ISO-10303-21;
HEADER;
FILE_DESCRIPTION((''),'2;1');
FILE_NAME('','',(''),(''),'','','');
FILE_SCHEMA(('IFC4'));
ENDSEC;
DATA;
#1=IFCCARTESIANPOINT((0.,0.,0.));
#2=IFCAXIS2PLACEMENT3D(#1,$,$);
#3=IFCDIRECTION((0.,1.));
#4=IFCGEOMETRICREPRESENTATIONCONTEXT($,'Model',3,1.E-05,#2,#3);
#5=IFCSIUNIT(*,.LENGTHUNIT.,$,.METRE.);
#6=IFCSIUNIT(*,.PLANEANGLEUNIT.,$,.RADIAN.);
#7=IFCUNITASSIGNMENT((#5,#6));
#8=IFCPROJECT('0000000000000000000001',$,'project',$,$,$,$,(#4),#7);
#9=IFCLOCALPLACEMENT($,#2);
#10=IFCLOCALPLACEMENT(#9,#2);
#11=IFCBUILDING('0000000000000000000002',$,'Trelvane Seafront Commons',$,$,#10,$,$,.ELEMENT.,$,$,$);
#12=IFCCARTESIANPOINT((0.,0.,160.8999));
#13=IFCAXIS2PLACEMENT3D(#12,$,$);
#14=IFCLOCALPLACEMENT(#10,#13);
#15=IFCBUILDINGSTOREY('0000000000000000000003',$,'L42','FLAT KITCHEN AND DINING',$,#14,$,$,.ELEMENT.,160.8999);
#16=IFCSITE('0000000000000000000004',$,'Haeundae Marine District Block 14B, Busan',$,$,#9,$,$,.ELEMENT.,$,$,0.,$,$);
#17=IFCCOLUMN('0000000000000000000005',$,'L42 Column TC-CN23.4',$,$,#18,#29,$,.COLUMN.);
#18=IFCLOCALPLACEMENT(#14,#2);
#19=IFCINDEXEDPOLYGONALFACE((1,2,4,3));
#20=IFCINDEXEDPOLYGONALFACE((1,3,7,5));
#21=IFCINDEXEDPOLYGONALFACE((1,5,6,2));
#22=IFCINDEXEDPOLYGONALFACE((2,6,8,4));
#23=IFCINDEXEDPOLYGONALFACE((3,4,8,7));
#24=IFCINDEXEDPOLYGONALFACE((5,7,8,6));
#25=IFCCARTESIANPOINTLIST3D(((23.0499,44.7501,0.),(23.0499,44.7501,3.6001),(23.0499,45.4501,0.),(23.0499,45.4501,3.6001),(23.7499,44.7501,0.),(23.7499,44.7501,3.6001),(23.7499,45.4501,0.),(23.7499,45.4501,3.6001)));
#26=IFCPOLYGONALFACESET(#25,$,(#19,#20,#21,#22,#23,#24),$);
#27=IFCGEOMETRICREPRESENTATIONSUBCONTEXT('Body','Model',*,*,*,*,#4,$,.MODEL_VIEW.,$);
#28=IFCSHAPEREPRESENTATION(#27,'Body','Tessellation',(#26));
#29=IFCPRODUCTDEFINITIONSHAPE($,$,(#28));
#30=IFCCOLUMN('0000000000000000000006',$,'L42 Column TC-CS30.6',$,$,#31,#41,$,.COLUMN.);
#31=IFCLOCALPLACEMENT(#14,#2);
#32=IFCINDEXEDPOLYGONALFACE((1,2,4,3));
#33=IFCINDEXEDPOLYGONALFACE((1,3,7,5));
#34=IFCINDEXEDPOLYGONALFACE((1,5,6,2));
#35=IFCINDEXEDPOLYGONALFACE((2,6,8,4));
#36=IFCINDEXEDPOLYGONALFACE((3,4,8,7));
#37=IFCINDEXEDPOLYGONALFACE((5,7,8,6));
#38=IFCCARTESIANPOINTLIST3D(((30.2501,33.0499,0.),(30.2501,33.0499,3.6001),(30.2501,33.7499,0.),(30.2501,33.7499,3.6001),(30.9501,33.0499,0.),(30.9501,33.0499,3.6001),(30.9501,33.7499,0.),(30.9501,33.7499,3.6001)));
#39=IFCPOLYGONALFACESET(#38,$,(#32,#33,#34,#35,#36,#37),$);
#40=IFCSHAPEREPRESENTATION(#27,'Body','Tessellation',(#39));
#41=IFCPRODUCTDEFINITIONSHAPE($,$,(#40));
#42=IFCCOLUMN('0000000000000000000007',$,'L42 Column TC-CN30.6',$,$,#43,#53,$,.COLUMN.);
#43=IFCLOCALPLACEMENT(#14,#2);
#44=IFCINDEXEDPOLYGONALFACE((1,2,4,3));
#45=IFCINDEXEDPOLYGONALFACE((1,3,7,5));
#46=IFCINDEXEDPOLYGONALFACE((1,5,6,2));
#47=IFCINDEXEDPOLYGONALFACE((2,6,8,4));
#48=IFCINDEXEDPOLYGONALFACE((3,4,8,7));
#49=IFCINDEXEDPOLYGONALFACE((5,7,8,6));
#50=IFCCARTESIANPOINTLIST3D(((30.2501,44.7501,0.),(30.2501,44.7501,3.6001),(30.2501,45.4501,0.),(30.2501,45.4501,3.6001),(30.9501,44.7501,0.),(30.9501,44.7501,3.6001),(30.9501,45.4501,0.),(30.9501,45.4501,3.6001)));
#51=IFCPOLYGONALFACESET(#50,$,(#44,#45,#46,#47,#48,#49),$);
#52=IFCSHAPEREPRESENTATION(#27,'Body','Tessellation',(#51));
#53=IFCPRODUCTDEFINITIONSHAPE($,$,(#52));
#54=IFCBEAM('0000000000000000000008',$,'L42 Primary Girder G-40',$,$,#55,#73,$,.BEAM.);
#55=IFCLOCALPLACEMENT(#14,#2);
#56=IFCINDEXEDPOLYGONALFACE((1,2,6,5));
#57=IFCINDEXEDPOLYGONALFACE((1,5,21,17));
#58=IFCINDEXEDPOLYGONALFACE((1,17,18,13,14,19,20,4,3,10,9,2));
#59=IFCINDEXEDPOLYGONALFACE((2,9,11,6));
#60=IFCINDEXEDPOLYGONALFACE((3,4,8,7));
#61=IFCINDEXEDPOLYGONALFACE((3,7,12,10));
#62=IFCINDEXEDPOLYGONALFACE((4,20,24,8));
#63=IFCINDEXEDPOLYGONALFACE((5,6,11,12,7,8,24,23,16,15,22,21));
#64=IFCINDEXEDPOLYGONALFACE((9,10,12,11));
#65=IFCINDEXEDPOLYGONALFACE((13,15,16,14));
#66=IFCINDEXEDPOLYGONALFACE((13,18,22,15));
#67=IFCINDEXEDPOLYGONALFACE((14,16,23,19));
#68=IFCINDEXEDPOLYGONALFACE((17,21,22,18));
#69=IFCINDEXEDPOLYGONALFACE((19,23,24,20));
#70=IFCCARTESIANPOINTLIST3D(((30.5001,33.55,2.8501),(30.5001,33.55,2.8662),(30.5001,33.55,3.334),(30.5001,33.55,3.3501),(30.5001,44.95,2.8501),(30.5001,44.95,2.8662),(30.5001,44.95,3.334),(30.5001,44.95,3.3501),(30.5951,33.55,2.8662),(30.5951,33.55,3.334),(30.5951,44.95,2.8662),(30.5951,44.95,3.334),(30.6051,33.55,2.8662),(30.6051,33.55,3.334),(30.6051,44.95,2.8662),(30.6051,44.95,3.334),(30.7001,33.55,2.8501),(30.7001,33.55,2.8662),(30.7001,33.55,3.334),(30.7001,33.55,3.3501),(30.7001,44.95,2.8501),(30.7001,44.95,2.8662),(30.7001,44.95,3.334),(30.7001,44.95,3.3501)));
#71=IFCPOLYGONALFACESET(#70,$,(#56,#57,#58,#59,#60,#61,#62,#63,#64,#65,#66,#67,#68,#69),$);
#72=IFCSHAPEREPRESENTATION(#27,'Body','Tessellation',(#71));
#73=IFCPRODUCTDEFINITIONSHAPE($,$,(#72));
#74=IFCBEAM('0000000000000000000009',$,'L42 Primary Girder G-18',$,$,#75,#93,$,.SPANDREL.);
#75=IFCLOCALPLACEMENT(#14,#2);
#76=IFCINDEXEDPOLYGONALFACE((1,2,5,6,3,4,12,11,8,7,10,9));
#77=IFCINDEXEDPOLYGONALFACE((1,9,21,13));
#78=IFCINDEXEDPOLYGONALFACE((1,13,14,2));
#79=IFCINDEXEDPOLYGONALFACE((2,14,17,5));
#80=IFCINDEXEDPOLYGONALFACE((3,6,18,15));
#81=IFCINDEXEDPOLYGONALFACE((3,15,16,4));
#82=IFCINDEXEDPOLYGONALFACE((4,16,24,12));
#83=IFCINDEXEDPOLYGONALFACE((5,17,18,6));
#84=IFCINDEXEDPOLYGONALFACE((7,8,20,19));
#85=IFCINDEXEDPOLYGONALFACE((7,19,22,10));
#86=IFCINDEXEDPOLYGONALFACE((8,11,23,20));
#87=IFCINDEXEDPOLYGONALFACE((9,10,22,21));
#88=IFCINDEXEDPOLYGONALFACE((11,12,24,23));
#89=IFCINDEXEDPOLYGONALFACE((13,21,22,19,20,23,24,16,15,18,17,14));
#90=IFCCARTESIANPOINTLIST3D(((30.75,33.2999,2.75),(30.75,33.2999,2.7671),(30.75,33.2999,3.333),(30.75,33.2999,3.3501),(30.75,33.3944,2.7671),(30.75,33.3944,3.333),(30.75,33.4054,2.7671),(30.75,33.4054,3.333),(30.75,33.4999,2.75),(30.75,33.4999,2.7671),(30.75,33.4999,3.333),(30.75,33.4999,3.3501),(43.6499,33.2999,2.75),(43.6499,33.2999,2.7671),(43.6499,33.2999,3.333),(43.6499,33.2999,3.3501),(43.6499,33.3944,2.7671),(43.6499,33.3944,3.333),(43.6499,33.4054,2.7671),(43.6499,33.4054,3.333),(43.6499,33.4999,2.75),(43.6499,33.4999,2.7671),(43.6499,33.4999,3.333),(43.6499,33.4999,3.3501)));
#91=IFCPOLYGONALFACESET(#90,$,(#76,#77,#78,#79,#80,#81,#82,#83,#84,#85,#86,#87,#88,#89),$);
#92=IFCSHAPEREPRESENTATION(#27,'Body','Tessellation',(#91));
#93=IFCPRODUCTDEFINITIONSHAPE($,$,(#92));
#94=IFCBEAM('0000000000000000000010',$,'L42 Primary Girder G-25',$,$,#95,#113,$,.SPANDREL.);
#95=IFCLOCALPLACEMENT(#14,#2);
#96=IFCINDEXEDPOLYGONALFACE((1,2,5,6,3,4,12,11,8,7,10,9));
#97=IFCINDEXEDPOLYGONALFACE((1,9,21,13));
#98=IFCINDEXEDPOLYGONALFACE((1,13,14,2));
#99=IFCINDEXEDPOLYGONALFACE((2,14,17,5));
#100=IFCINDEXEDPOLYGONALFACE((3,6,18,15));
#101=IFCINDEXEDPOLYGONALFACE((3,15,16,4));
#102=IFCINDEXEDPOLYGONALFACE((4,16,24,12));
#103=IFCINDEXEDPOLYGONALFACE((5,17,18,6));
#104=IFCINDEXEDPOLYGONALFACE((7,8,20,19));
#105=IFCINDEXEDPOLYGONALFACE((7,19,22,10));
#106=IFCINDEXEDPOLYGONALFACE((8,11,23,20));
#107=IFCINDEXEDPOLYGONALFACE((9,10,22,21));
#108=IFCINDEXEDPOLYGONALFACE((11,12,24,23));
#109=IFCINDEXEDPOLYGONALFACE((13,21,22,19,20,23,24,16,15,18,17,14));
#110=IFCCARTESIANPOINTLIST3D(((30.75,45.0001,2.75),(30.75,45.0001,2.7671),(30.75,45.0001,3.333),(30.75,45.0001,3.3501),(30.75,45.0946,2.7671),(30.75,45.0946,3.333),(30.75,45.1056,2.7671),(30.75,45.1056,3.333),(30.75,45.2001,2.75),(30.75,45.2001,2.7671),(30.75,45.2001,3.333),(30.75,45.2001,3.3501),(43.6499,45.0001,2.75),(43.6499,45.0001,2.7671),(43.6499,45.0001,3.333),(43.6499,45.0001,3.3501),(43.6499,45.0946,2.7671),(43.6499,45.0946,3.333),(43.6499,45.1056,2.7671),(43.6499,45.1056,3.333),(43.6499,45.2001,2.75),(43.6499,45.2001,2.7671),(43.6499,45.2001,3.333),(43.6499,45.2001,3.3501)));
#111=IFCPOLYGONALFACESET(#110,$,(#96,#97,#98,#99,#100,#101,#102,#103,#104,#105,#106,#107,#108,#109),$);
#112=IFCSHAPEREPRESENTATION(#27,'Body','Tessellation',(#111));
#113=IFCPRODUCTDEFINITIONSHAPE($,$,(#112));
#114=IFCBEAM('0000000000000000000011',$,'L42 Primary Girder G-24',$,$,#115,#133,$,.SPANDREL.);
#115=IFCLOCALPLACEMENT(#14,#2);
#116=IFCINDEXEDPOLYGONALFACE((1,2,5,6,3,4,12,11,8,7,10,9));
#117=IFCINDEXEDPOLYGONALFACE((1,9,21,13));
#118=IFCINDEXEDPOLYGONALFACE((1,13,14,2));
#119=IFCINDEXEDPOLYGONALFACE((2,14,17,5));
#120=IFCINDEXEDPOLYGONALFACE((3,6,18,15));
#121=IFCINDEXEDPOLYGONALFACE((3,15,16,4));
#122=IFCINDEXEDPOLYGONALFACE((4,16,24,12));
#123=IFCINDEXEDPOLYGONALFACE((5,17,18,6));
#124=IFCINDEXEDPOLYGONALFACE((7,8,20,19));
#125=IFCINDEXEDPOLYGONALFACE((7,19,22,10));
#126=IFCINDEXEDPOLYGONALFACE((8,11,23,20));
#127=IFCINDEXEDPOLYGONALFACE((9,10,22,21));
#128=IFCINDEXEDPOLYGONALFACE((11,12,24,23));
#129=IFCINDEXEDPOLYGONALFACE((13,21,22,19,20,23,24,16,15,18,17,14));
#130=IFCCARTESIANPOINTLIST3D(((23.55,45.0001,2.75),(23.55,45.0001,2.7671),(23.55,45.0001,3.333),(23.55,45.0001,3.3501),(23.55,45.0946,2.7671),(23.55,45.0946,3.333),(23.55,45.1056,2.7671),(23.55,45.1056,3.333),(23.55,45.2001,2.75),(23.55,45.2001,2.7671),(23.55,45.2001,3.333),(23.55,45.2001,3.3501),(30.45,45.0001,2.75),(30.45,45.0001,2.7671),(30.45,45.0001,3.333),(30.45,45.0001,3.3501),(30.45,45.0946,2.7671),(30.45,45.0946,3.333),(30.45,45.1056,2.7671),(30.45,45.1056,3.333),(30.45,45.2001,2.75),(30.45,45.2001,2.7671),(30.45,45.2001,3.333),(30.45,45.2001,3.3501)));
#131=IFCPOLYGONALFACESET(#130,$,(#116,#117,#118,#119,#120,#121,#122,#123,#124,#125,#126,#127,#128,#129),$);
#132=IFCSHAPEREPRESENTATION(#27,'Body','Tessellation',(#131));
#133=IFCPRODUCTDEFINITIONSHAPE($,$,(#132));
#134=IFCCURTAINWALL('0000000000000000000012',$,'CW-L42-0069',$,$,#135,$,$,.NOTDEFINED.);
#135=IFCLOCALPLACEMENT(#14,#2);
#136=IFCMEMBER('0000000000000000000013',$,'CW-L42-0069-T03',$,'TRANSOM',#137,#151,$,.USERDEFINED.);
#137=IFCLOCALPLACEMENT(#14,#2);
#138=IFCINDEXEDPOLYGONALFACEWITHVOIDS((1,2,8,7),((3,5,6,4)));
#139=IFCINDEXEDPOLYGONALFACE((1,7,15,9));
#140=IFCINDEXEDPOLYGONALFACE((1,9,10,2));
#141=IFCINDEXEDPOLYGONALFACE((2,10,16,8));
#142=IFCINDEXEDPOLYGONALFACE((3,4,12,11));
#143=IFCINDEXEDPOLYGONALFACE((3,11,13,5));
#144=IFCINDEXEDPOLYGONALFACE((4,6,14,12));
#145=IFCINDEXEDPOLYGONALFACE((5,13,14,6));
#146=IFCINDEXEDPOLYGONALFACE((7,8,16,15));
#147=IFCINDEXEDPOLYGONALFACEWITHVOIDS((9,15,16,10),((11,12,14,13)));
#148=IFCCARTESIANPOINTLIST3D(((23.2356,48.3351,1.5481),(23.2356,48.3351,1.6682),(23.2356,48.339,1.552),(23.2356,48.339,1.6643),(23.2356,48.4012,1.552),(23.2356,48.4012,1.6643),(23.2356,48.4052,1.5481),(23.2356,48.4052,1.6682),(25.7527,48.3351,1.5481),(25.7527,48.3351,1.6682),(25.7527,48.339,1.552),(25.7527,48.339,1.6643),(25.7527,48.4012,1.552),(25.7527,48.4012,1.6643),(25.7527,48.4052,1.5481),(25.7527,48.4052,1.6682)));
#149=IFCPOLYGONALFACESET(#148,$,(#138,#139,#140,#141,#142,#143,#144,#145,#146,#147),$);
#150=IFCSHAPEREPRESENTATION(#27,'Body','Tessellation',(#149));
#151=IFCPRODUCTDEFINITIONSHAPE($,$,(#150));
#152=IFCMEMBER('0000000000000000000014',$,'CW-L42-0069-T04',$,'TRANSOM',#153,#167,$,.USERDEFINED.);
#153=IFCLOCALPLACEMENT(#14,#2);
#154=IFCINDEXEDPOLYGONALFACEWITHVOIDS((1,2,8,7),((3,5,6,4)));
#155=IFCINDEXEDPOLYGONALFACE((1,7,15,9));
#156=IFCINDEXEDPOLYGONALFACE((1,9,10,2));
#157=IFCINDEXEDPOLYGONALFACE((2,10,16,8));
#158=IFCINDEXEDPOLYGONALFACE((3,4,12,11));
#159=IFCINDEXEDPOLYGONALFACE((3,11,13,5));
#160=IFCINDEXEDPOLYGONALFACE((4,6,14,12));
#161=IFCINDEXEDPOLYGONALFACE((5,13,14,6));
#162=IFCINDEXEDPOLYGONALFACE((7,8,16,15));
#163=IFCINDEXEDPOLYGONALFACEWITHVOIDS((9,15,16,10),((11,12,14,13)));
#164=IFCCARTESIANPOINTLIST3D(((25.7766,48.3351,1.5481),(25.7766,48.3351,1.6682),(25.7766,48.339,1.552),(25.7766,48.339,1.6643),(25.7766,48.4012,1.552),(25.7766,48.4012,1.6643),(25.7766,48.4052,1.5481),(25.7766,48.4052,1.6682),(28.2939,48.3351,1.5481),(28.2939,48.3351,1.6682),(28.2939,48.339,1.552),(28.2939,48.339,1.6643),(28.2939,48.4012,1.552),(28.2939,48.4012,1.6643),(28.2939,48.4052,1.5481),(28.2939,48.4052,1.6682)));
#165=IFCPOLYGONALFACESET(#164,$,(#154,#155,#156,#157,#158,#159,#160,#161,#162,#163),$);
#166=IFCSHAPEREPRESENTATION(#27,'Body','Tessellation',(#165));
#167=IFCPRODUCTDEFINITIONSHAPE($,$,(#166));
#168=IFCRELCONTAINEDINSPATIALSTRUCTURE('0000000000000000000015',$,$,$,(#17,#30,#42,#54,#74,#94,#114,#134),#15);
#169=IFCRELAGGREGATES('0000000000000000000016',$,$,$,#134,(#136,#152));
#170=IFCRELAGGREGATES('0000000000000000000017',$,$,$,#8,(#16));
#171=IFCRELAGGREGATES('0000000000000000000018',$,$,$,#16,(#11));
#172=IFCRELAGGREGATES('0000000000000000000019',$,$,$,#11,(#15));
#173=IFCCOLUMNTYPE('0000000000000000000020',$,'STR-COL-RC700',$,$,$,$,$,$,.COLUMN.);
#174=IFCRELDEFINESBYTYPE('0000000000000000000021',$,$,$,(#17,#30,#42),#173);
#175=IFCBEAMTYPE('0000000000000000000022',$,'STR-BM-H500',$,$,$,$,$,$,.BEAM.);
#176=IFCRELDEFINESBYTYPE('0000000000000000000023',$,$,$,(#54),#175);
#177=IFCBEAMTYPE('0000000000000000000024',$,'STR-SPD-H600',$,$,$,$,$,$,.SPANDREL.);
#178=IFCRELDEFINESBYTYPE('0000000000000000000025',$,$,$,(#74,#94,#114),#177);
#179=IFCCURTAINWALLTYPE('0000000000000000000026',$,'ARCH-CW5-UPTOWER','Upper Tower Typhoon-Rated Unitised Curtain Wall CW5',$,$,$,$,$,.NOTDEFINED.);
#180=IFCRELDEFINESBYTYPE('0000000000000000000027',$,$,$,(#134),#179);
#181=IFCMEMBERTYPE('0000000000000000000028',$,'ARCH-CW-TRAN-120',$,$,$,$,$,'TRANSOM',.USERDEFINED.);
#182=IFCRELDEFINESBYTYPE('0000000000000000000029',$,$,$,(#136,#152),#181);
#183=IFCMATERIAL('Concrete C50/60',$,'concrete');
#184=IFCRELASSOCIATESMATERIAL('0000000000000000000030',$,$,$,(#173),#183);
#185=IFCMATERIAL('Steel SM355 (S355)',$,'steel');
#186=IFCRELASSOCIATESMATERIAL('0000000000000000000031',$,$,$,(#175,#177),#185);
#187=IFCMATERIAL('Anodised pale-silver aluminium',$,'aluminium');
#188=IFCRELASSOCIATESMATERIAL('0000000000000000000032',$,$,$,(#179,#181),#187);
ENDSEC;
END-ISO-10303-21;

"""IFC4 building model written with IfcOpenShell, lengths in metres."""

from ifc_helpers import new_model, si_unit, direction, frame, origin, origin_2d, place, context, subcontext, project, spatial, rectangle, hollow_rectangle, i_section, extrude, source, transform, mapped, material, material_profile, profile_set, type_object, element, aggregate, save


model = new_model("IFC4")

# Units and contexts
model_context = context("Model", 3, precision=1e-05, world=origin(), true_north=direction((0.0, 1.0)))
body_context = subcontext(model_context, "Body", "Model", "MODEL_VIEW")
ifc_project = project(units=[si_unit("LENGTHUNIT", "METRE"), si_unit("PLANEANGLEUNIT", "RADIAN")], contexts=[model_context])

# Site, building, storey
site_placement = place(None, origin())
site = spatial("IfcSite", under=ifc_project, at=site_placement, Name="Haeundae Marine District Block 14B, Busan", CompositionType="ELEMENT", RefElevation=0.0)
building_placement = place(site_placement, origin())
building = spatial("IfcBuilding", under=site, at=building_placement, Name="Trelvane Seafront Commons", CompositionType="ELEMENT")
storey_placement = place(building_placement, frame((0.0, 0.0, 160.8999)))
storey = spatial("IfcBuildingStorey", under=building, at=storey_placement, Name="L42", Description="FLAT KITCHEN AND DINING", CompositionType="ELEMENT", Elevation=160.8999)

# Columns
ifc_material_1 = material(Name="Concrete C50/60", Category="concrete")
ifc_material_profile_1 = material_profile(ifc_material_1, rectangle(XDim=0.7, YDim=0.7, at=origin_2d()), Name="RC-700x700")
ifc_profile_set_1 = profile_set([ifc_material_profile_1], Name="Concrete C50/60")
column_type = type_object("IfcColumnType", Name="STR-COL-RC700", PredefinedType="COLUMN", material=ifc_profile_set_1)
shared_shape_1 = source(origin(), body_context, "Body", "SweptSolid", [
    extrude(rectangle(XDim=0.7, YDim=0.7, at=origin_2d()), origin(), (0.0, 0.0, 1.0), 3.6001),
])
for number, where, z_axis, x_axis, name in (
    (1, (23.3999, 45.1001, 0.0), (0.0, 0.0, 1.0), (1.0, 0.0, 0.0), "L42 Column TC-CN23.4"),
    (2, (30.6001, 33.3999, 0.0), (0.0, 0.0, 1.0), (1.0, 0.0, 0.0), "L42 Column TC-CS30.6"),
    (3, (30.6001, 45.1001, 0.0), (0.0, 0.0, 1.0), (1.0, 0.0, 0.0), "L42 Column TC-CN30.6"),
):
    element("IfcColumn", number, at=place(storey_placement, frame(where, z_axis=z_axis, x_axis=x_axis)), inside=storey, type_object=column_type, Name=name, PredefinedType="COLUMN", context=body_context, shape_type="MappedRepresentation", body=[
        mapped(shared_shape_1, transform((0.0, 0.0, 0.0), x_axis=(1.0, 0.0, 0.0), y_axis=(0.0, 1.0, 0.0), z_axis=(0.0, 0.0, 1.0), scale=1.0)),
    ])

# Beams
ifc_material_2 = material(Name="Steel SM355 (S355)", Category="steel")
ifc_material_profile_2 = material_profile(ifc_material_2, i_section(OverallWidth=0.2, OverallDepth=0.5, WebThickness=0.01, FlangeThickness=0.0161, at=origin_2d()), Name="H-500x200x10x16")
ifc_profile_set_2 = profile_set([ifc_material_profile_2], Name="Steel SM355 (S355)")
beam_type_1 = type_object("IfcBeamType", Name="STR-BM-H500", PredefinedType="BEAM", material=ifc_profile_set_2)
shared_shape_2 = source(origin(), body_context, "Body", "SweptSolid", [
    extrude(i_section(OverallWidth=0.2, OverallDepth=0.5, WebThickness=0.01, FlangeThickness=0.0161, at=origin_2d()), origin(), (0.0, 0.0, 1.0), 11.3999),
])
beam_1_placement = place(storey_placement, frame((30.6001, 33.55, 3.1001), z_axis=(0.0, 1.0, 0.0), x_axis=(-1.0, 0.0, 0.0)))
element("IfcBeam", 4, at=beam_1_placement, inside=storey, type_object=beam_type_1, Name="L42 Primary Girder G-40", PredefinedType="BEAM", context=body_context, shape_type="MappedRepresentation", body=[
    mapped(shared_shape_2, transform((0.0, 0.0, 0.0), x_axis=(1.0, 0.0, 0.0), y_axis=(0.0, 1.0, 0.0), z_axis=(0.0, 0.0, 1.0), scale=1.0)),
])
ifc_material_profile_3 = material_profile(ifc_material_2, i_section(OverallWidth=0.2, OverallDepth=0.6001, WebThickness=0.011, FlangeThickness=0.0171, at=origin_2d()), Name="H-600x200x11x17")
ifc_profile_set_3 = profile_set([ifc_material_profile_3], Name="Steel SM355 (S355)")
beam_type_2 = type_object("IfcBeamType", Name="STR-SPD-H600", PredefinedType="SPANDREL", material=ifc_profile_set_3)
shared_shape_3 = source(origin(), body_context, "Body", "SweptSolid", [
    extrude(i_section(OverallWidth=0.2, OverallDepth=0.6001, WebThickness=0.011, FlangeThickness=0.0171, at=origin_2d()), origin(), (0.0, 0.0, 1.0), 12.8999),
])
for number, where, z_axis, x_axis, name in (
    (5, (30.75, 33.3999, 3.05), (1.0, 0.0, 0.0), (0.0, 1.0, 0.0), "L42 Primary Girder G-18"),
    (6, (30.75, 45.1001, 3.05), (1.0, 0.0, 0.0), (0.0, 1.0, 0.0), "L42 Primary Girder G-25"),
):
    element("IfcBeam", number, at=place(storey_placement, frame(where, z_axis=z_axis, x_axis=x_axis)), inside=storey, type_object=beam_type_2, Name=name, PredefinedType="SPANDREL", context=body_context, shape_type="MappedRepresentation", body=[
        mapped(shared_shape_3, transform((0.0, 0.0, 0.0), x_axis=(1.0, 0.0, 0.0), y_axis=(0.0, 1.0, 0.0), z_axis=(0.0, 0.0, 1.0), scale=1.0)),
    ])
shared_shape_4 = source(origin(), body_context, "Body", "SweptSolid", [
    extrude(i_section(OverallWidth=0.2, OverallDepth=0.6001, WebThickness=0.011, FlangeThickness=0.0171, at=origin_2d()), origin(), (0.0, 0.0, 1.0), 6.8999),
])
beam_2_placement = place(storey_placement, frame((23.55, 45.1001, 3.05), z_axis=(1.0, 0.0, 0.0), x_axis=(0.0, 1.0, 0.0)))
element("IfcBeam", 7, at=beam_2_placement, inside=storey, type_object=beam_type_2, Name="L42 Primary Girder G-24", PredefinedType="SPANDREL", context=body_context, shape_type="MappedRepresentation", body=[
    mapped(shared_shape_4, transform((0.0, 0.0, 0.0), x_axis=(1.0, 0.0, 0.0), y_axis=(0.0, 1.0, 0.0), z_axis=(0.0, 0.0, 1.0), scale=1.0)),
])

# Curtain wall, members
ifc_material_3 = material(Name="Anodised pale-silver aluminium", Category="aluminium")
curtain_wall_type = type_object("IfcCurtainWallType", Name="ARCH-CW5-UPTOWER", Description="Upper Tower Typhoon-Rated Unitised Curtain Wall CW5", PredefinedType="NOTDEFINED", material=ifc_material_3)
curtain_wall_placement = place(storey_placement, origin())
curtain_wall = element("IfcCurtainWall", 8, at=curtain_wall_placement, inside=storey, type_object=curtain_wall_type, Name="CW-L42-0069", PredefinedType="NOTDEFINED")
ifc_material_profile_4 = material_profile(ifc_material_3, hollow_rectangle(XDim=0.0701, YDim=0.1201, WallThickness=0.0039, at=origin_2d()), Name="TRAN-70x120x4")
ifc_profile_set_4 = profile_set([ifc_material_profile_4], Name="Anodised pale-silver aluminium")
member_type_1 = type_object("IfcMemberType", Name="ARCH-CW-TRAN-120", ElementType="TRANSOM", PredefinedType="USERDEFINED", material=ifc_profile_set_4)
shared_shape_5 = source(origin(), body_context, "Body", "SweptSolid", [
    extrude(hollow_rectangle(XDim=0.0701, YDim=0.1201, WallThickness=0.0039, at=origin_2d()), origin(), (0.0, 0.0, 1.0), 2.5171),
])
member_1_placement = place(storey_placement, frame((23.2356, 48.3701, 1.6082), z_axis=(1.0, 0.0, 0.0), x_axis=(0.0, 1.0, 0.0)))
member_1 = element("IfcMember", 9, at=member_1_placement, type_object=member_type_1, Name="CW-L42-0069-T03", ObjectType="TRANSOM", PredefinedType="USERDEFINED", context=body_context, shape_type="MappedRepresentation", body=[
    mapped(shared_shape_5, transform((0.0, 0.0, 0.0), x_axis=(1.0, 0.0, 0.0), y_axis=(0.0, 1.0, 0.0), z_axis=(0.0, 0.0, 1.0), scale=1.0)),
])
shared_shape_6 = source(origin(), body_context, "Body", "SweptSolid", [
    extrude(hollow_rectangle(XDim=0.0701, YDim=0.1201, WallThickness=0.0039, at=origin_2d()), origin(), (0.0, 0.0, 1.0), 2.5173),
])
member_2_placement = place(storey_placement, frame((25.7766, 48.3701, 1.6082), z_axis=(1.0, 0.0, 0.0), x_axis=(0.0, 1.0, 0.0)))
member_2 = element("IfcMember", 10, at=member_2_placement, type_object=member_type_1, Name="CW-L42-0069-T04", ObjectType="TRANSOM", PredefinedType="USERDEFINED", context=body_context, shape_type="MappedRepresentation", body=[
    mapped(shared_shape_6, transform((0.0, 0.0, 0.0), x_axis=(1.0, 0.0, 0.0), y_axis=(0.0, 1.0, 0.0), z_axis=(0.0, 0.0, 1.0), scale=1.0)),
])
aggregate(curtain_wall, [member_1, member_2])

save(model, "model.ifc")
